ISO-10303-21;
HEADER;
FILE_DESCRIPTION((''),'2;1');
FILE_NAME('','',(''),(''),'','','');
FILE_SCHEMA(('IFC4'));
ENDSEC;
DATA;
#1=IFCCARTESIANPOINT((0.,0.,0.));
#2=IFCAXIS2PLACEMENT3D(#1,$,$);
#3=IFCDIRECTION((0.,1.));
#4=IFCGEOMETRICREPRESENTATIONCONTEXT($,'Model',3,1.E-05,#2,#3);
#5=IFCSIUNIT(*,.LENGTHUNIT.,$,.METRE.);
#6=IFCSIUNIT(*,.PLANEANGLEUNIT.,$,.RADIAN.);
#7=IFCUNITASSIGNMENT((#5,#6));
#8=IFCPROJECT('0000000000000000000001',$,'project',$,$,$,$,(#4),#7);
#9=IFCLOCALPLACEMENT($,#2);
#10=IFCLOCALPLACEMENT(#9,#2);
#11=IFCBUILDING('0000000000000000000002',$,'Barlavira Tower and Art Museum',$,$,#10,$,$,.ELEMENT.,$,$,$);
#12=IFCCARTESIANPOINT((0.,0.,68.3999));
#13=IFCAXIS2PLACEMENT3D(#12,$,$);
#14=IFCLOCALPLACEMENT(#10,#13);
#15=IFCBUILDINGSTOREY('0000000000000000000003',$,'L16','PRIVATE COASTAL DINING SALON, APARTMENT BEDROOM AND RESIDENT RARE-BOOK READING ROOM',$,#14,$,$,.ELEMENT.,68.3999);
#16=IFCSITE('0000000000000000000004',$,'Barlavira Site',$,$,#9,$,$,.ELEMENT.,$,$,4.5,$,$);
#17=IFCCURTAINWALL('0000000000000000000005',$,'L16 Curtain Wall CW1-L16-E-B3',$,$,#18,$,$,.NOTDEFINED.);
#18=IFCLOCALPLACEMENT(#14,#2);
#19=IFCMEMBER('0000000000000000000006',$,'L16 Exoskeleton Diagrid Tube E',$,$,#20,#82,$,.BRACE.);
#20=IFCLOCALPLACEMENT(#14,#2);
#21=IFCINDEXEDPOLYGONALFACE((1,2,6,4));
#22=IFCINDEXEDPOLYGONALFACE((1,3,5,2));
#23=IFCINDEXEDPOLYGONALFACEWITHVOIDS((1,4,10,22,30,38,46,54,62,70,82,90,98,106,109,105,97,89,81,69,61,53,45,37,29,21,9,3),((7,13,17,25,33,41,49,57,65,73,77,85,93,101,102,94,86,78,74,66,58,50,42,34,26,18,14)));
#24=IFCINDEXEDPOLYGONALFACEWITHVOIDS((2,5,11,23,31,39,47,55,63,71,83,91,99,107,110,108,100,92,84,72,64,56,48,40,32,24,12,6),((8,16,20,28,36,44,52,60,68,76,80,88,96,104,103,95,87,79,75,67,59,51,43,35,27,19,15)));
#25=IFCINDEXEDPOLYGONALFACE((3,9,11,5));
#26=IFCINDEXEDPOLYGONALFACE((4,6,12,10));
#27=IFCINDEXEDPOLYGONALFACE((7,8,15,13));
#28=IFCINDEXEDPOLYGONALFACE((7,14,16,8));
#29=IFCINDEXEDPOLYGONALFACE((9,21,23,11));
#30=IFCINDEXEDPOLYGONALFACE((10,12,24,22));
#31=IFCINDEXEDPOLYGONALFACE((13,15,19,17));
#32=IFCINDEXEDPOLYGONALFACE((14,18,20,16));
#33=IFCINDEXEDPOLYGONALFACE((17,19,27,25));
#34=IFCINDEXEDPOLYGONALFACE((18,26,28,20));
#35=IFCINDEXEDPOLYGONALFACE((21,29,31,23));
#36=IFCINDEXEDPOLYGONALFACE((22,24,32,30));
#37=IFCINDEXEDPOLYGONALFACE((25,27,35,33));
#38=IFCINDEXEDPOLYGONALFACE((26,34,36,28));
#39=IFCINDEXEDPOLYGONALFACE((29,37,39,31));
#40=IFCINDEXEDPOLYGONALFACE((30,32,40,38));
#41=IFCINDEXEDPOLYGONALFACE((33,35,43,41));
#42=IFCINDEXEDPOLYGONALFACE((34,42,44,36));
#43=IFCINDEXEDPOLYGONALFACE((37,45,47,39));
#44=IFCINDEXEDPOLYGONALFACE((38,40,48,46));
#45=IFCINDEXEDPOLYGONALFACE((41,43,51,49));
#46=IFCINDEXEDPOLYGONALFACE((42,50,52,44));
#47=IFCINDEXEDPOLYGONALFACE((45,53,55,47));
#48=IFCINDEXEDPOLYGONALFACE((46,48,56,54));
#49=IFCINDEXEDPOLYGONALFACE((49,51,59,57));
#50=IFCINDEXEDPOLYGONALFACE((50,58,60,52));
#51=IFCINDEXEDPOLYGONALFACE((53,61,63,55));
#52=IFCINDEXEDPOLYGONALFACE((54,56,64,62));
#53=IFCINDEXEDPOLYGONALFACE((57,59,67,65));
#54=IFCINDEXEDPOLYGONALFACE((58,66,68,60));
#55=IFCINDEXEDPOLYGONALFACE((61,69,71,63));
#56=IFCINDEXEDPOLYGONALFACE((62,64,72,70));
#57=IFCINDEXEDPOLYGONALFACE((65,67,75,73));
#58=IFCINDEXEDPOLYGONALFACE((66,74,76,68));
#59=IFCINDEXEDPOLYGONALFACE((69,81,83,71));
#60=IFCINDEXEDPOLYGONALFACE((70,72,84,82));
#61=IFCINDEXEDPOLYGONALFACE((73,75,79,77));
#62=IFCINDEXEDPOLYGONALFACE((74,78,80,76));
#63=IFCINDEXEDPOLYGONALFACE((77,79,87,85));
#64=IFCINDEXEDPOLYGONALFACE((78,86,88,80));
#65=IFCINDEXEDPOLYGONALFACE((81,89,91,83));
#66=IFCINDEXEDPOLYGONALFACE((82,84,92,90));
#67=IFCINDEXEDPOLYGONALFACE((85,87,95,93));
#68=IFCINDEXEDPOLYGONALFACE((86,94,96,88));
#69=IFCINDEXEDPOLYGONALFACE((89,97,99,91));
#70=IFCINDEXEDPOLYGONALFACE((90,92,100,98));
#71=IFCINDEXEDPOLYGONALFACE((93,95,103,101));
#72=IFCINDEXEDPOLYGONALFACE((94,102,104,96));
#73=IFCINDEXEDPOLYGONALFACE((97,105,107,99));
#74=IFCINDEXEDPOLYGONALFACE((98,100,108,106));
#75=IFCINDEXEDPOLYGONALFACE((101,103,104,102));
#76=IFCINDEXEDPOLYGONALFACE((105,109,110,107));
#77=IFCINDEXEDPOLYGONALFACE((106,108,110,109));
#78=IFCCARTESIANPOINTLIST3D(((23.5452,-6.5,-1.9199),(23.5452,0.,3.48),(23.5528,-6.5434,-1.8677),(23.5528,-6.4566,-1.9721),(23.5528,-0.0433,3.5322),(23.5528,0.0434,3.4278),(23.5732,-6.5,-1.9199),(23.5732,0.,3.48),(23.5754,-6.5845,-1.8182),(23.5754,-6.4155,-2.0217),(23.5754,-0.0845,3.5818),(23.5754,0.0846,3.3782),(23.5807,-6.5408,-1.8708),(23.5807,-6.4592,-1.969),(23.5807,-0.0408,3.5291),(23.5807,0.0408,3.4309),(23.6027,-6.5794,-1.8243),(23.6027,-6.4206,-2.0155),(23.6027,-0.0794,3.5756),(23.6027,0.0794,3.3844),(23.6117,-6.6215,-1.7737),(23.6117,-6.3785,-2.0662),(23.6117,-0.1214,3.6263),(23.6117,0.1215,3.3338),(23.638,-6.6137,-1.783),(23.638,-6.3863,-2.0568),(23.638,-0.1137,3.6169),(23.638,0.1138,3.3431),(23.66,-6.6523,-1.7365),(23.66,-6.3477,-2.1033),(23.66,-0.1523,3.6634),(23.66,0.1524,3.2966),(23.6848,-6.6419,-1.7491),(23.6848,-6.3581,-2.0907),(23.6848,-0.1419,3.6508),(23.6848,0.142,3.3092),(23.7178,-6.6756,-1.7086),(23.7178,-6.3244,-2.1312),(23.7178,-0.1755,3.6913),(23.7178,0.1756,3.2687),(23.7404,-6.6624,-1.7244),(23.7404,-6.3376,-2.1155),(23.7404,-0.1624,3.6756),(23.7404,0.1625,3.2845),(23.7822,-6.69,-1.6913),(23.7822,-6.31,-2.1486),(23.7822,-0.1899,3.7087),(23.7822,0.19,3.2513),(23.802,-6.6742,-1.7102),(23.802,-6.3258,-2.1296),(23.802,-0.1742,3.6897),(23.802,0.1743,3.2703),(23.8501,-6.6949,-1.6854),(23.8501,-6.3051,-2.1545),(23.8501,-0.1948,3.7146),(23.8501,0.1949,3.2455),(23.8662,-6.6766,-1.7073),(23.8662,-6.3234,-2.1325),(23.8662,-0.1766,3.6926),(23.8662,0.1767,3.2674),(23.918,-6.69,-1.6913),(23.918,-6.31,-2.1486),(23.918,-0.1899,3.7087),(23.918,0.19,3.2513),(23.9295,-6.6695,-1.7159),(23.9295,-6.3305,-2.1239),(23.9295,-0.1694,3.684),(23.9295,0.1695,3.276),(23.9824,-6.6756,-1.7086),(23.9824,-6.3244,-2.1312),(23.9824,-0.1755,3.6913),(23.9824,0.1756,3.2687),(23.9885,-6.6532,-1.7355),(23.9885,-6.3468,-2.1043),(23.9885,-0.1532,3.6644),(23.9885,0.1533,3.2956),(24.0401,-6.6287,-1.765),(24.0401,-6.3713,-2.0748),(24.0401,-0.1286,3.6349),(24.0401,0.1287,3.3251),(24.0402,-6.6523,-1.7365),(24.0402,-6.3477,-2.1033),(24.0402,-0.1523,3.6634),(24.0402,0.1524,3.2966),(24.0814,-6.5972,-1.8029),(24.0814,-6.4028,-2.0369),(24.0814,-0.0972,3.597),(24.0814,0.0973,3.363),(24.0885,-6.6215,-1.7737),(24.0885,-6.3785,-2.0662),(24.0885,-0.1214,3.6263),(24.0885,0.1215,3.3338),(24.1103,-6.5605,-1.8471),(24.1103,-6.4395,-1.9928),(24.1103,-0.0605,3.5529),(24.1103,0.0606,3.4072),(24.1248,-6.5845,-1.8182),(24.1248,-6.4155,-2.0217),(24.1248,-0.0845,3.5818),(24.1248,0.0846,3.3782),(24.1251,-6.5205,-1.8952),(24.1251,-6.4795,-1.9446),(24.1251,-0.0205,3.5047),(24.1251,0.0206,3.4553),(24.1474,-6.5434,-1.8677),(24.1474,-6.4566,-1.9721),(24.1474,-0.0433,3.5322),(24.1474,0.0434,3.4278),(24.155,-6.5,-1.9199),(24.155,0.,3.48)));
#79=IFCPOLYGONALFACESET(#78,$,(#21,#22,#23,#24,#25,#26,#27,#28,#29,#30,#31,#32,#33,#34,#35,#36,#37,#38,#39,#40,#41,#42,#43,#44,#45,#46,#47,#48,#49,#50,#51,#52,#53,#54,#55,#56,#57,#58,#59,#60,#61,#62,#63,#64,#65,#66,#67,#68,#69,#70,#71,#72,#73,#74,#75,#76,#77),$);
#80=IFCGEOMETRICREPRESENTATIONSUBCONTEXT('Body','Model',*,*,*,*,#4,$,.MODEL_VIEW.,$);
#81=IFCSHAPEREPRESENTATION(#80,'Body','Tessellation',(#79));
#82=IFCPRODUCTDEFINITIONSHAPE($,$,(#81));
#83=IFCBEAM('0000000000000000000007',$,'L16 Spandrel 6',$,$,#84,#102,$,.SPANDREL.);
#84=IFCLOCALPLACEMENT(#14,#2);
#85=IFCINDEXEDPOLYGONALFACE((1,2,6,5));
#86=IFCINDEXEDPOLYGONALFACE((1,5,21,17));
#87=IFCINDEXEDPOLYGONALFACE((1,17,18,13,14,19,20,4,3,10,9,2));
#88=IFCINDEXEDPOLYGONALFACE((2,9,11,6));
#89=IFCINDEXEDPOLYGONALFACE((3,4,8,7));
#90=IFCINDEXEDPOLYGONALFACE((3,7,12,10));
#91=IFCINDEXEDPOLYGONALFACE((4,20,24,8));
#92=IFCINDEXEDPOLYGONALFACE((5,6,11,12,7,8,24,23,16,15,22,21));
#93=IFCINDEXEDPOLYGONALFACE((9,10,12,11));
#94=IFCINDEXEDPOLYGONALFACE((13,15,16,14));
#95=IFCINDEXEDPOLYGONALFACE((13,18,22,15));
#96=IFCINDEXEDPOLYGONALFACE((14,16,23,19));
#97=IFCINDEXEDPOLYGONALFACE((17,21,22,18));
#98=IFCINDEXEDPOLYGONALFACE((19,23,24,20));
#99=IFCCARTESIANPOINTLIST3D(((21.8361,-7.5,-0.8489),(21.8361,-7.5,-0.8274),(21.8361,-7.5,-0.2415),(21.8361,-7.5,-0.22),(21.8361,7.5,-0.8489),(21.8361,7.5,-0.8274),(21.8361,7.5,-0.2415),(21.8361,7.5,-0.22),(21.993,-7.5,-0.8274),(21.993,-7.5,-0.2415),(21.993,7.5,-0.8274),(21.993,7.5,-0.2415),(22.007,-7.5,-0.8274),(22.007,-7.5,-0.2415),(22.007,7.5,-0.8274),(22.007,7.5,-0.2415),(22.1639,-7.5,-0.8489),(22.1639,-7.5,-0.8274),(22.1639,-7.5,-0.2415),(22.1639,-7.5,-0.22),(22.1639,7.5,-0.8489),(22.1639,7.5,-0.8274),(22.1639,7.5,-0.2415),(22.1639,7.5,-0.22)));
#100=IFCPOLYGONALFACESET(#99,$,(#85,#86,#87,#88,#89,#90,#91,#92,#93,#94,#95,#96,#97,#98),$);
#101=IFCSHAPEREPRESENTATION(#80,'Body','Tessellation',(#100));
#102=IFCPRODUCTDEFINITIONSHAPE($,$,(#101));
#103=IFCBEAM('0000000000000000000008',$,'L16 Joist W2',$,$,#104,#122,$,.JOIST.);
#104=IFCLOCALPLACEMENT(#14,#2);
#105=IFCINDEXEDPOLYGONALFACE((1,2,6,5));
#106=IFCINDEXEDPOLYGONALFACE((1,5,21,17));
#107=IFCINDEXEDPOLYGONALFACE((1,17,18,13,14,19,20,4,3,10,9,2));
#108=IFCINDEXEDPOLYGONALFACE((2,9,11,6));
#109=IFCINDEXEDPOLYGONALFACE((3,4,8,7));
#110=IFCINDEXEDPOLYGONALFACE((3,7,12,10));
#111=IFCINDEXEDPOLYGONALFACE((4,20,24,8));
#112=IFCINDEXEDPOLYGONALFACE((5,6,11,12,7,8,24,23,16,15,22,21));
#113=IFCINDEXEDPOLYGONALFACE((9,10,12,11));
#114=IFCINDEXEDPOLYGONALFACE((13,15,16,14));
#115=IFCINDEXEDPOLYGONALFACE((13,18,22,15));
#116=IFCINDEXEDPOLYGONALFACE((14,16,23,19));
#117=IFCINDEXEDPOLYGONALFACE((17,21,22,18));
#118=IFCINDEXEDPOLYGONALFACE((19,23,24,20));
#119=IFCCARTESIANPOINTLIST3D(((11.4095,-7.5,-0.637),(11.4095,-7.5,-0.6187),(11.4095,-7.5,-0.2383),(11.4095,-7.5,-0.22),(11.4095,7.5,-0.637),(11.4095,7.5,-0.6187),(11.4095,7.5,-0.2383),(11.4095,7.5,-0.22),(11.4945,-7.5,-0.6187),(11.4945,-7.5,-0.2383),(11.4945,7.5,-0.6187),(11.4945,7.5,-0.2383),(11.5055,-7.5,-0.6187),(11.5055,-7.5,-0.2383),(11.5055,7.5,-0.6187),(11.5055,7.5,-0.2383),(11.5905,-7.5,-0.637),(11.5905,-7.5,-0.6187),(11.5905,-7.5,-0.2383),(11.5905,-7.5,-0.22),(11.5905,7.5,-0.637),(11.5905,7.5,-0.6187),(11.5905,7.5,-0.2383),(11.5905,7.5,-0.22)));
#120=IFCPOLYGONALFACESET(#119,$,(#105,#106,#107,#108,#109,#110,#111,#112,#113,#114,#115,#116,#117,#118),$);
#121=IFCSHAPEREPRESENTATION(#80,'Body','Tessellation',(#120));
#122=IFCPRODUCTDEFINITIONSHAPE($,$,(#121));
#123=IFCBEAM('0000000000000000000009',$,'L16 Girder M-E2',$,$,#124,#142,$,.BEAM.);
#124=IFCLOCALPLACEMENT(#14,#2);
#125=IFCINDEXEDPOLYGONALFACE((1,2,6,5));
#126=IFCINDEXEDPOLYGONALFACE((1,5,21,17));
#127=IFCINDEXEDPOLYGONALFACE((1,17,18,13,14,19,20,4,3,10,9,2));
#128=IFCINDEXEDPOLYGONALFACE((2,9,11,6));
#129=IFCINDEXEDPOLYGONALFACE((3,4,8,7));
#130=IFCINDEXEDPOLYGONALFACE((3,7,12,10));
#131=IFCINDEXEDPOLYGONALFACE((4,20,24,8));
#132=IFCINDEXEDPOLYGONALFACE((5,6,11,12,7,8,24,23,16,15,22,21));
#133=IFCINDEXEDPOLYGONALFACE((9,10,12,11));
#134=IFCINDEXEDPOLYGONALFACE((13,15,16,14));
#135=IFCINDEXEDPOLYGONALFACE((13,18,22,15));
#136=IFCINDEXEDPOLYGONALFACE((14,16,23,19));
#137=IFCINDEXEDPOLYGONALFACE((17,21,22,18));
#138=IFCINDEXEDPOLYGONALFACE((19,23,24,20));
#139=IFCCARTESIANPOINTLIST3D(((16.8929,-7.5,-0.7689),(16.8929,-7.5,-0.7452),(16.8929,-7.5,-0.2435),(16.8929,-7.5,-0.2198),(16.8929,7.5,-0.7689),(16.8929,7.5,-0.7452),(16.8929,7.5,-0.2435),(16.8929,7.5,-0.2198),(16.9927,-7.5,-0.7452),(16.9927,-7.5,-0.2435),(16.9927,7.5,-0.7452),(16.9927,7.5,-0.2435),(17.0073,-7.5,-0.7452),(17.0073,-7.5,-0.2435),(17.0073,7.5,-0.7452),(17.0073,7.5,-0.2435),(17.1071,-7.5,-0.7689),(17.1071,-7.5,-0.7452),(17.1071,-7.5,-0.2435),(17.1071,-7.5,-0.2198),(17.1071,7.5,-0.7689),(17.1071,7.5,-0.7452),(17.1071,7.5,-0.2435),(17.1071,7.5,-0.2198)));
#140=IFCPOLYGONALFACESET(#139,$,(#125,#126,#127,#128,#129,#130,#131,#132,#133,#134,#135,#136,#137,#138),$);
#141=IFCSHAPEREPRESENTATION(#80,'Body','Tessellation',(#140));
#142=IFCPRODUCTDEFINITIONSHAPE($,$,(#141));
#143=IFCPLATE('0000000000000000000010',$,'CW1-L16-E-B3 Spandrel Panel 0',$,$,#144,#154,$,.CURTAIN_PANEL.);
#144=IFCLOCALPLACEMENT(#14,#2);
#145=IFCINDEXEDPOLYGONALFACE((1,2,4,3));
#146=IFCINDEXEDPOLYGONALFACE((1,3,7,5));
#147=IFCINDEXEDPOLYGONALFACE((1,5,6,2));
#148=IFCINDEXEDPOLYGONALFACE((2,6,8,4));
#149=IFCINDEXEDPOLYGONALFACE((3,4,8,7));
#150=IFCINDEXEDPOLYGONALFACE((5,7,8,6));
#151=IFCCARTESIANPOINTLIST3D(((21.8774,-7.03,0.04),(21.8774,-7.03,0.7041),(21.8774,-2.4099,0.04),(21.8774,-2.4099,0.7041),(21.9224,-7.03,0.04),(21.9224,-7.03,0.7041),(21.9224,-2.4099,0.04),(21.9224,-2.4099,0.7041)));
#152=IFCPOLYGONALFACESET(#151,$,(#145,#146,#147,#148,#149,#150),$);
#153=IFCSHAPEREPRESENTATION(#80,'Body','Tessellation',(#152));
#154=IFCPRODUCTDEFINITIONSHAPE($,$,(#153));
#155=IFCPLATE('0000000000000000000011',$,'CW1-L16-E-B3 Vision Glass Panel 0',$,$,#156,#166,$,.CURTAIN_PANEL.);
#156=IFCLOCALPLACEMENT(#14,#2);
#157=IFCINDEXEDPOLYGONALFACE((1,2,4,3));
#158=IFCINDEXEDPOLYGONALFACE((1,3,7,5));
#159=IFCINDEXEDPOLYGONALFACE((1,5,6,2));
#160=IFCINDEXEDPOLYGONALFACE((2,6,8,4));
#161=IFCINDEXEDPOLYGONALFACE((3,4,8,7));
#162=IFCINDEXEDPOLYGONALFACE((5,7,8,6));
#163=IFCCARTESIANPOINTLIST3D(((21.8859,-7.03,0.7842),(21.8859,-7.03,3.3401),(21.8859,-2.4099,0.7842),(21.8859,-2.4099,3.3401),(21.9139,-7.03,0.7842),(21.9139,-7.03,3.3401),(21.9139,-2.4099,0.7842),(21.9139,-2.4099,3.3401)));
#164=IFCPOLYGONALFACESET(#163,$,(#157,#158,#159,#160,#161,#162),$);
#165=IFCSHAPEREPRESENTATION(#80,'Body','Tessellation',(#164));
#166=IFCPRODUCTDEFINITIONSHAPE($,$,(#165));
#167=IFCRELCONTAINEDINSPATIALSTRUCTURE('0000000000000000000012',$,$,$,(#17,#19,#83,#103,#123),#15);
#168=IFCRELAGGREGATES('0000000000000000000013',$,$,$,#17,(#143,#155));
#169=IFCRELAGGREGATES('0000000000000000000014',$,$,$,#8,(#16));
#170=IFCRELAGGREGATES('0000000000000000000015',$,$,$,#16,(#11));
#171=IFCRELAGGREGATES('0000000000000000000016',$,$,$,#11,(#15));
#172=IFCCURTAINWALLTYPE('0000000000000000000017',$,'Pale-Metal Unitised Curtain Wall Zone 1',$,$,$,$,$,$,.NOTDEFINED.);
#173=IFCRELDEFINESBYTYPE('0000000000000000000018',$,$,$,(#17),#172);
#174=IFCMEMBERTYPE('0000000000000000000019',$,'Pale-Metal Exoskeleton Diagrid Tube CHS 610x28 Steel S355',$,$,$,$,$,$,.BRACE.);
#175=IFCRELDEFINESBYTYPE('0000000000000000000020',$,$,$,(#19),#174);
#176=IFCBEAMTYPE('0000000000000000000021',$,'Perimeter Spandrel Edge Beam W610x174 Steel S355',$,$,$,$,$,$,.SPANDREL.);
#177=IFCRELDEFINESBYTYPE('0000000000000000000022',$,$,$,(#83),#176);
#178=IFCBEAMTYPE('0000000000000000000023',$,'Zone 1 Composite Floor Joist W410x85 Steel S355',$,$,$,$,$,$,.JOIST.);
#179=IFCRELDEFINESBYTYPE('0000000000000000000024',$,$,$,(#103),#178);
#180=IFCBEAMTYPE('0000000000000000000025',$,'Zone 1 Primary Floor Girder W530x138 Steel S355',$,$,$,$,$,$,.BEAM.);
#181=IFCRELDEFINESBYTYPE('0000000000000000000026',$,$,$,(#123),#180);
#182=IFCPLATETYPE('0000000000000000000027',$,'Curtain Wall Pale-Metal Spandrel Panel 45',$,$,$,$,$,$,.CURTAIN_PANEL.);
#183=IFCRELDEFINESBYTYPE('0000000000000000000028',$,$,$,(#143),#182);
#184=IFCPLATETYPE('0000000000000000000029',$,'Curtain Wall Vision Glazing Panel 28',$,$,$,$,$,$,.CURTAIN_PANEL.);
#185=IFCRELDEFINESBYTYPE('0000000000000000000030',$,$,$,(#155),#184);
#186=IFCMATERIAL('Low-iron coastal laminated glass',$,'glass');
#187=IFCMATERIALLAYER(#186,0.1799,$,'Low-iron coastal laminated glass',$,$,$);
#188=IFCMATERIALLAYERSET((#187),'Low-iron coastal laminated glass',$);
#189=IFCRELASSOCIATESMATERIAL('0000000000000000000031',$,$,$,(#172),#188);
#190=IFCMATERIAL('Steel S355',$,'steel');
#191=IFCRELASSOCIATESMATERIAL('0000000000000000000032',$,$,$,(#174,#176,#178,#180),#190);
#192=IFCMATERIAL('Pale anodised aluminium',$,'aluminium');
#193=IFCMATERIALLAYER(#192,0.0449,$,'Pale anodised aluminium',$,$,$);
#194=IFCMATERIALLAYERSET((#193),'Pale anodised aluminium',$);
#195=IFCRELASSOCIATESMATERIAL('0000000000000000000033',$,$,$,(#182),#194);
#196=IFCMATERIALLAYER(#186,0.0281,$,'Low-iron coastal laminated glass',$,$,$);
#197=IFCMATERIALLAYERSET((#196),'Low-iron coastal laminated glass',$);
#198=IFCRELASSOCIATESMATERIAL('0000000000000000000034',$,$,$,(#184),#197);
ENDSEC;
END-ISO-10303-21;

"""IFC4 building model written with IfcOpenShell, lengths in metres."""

from ifc_helpers import new_model, si_unit, direction, frame, origin, origin_2d, place, context, subcontext, project, spatial, rectangle, hollow_circle, i_section, extrude, material, layer, layer_set, material_profile, profile_set, type_object, element, aggregate, save


model = new_model("IFC4")

# Units and contexts
model_context = context("Model", 3, precision=1e-05, world=origin(), true_north=direction((0.0, 1.0)))
body_context = subcontext(model_context, "Body", "Model", "MODEL_VIEW")
ifc_project = project(units=[si_unit("LENGTHUNIT", "METRE"), si_unit("PLANEANGLEUNIT", "RADIAN")], contexts=[model_context])

# Site, building, storey
site_placement = place(None, origin())
site = spatial("IfcSite", under=ifc_project, at=site_placement, Name="Barlavira Site", CompositionType="ELEMENT", RefElevation=4.5)
building_placement = place(site_placement, origin())
building = spatial("IfcBuilding", under=site, at=building_placement, Name="Barlavira Tower and Art Museum", CompositionType="ELEMENT")
storey_placement = place(building_placement, frame((0.0, 0.0, 68.3999)))
storey = spatial("IfcBuildingStorey", under=building, at=storey_placement, Name="L16", Description="PRIVATE COASTAL DINING SALON, APARTMENT BEDROOM AND RESIDENT RARE-BOOK READING ROOM", CompositionType="ELEMENT", Elevation=68.3999)

# Curtain wall
ifc_material_1 = material(Name="Low-iron coastal laminated glass", Category="glass")
ifc_layer_1 = layer(ifc_material_1, 0.1799, Name="Low-iron coastal laminated glass")
ifc_layer_set_1 = layer_set([ifc_layer_1], Name="Low-iron coastal laminated glass")
curtain_wall_type = type_object("IfcCurtainWallType", Name="Pale-Metal Unitised Curtain Wall Zone 1", PredefinedType="NOTDEFINED", material=ifc_layer_set_1)
curtain_wall_placement = place(storey_placement, origin())
curtain_wall = element("IfcCurtainWall", 1, at=curtain_wall_placement, inside=storey, type_object=curtain_wall_type, Name="L16 Curtain Wall CW1-L16-E-B3", PredefinedType="NOTDEFINED")
ifc_material_2 = material(Name="Pale anodised aluminium", Category="aluminium")

# Member
ifc_material_3 = material(Name="Steel S355", Category="steel")
ifc_material_profile_1 = material_profile(ifc_material_3, hollow_circle(Radius=0.3049, WallThickness=0.0281, at=origin_2d()), Name="CHS 610.0x28.0")
ifc_profile_set_1 = profile_set([ifc_material_profile_1], Name="Steel S355")
member_type_1 = type_object("IfcMemberType", Name="Pale-Metal Exoskeleton Diagrid Tube CHS 610x28 Steel S355", PredefinedType="BRACE", material=ifc_profile_set_1)
for number, where, z_axis, x_axis, name in (
    (2, (23.8501, -6.5, -1.9199), (0.0, 0.769196, 0.639013), (-1.0, 0.0, 0.0), "L16 Exoskeleton Diagrid Tube E"),
):
    element("IfcMember", number, at=place(storey_placement, frame(where, z_axis=z_axis, x_axis=x_axis)), inside=storey, type_object=member_type_1, Name=name, PredefinedType="BRACE", context=body_context, shape_type="SweptSolid", body=[
        extrude(hollow_circle(Radius=0.3049, WallThickness=0.0281, at=origin_2d()), origin(), (0.0, 0.0, 1.0), 8.4504),
    ])

# Beams
ifc_material_profile_2 = material_profile(ifc_material_3, i_section(OverallWidth=0.3279, OverallDepth=0.6289, WebThickness=0.0139, FlangeThickness=0.0215, at=origin_2d()), Name="W610x174.0")
ifc_profile_set_2 = profile_set([ifc_material_profile_2], Name="Steel S355")
beam_type_1 = type_object("IfcBeamType", Name="Perimeter Spandrel Edge Beam W610x174 Steel S355", PredefinedType="SPANDREL", material=ifc_profile_set_2)
beam_1_placement = place(storey_placement, frame((22.0, -7.5, -0.5344), z_axis=(0.0, 1.0, 0.0), x_axis=(-1.0, 0.0, 0.0)))
element("IfcBeam", 3, at=beam_1_placement, inside=storey, type_object=beam_type_1, Name="L16 Spandrel 6", PredefinedType="SPANDREL", context=body_context, shape_type="SweptSolid", body=[
    extrude(i_section(OverallWidth=0.3279, OverallDepth=0.6289, WebThickness=0.0139, FlangeThickness=0.0215, at=origin_2d()), origin(), (0.0, 0.0, 1.0), 15.0),
])
ifc_material_profile_3 = material_profile(ifc_material_3, i_section(OverallWidth=0.1809, OverallDepth=0.417, WebThickness=0.011, FlangeThickness=0.0183, at=origin_2d()), Name="W410x85.0")
ifc_profile_set_3 = profile_set([ifc_material_profile_3], Name="Steel S355")
beam_type_2 = type_object("IfcBeamType", Name="Zone 1 Composite Floor Joist W410x85 Steel S355", PredefinedType="JOIST", material=ifc_profile_set_3)
beam_2_placement = place(storey_placement, frame((11.5, -7.5, -0.4285), z_axis=(0.0, 1.0, 0.0), x_axis=(-1.0, 0.0, 0.0)))
element("IfcBeam", 4, at=beam_2_placement, inside=storey, type_object=beam_type_2, Name="L16 Joist W2", PredefinedType="JOIST", context=body_context, shape_type="SweptSolid", body=[
    extrude(i_section(OverallWidth=0.1809, OverallDepth=0.417, WebThickness=0.011, FlangeThickness=0.0183, at=origin_2d()), origin(), (0.0, 0.0, 1.0), 15.0),
])
ifc_material_profile_4 = material_profile(ifc_material_3, i_section(OverallWidth=0.2141, OverallDepth=0.5491, WebThickness=0.0146, FlangeThickness=0.0237, at=origin_2d()), Name="W530x138.0")
ifc_profile_set_4 = profile_set([ifc_material_profile_4], Name="Steel S355")
beam_type_3 = type_object("IfcBeamType", Name="Zone 1 Primary Floor Girder W530x138 Steel S355", PredefinedType="BEAM", material=ifc_profile_set_4)
beam_3_placement = place(storey_placement, frame((17.0, -7.5, -0.4944), z_axis=(0.0, 1.0, 0.0), x_axis=(-1.0, 0.0, 0.0)))
element("IfcBeam", 5, at=beam_3_placement, inside=storey, type_object=beam_type_3, Name="L16 Girder M-E2", PredefinedType="BEAM", context=body_context, shape_type="SweptSolid", body=[
    extrude(i_section(OverallWidth=0.2141, OverallDepth=0.5491, WebThickness=0.0146, FlangeThickness=0.0237, at=origin_2d()), origin(), (0.0, 0.0, 1.0), 15.0),
])

# Plates
ifc_layer_2 = layer(ifc_material_2, 0.0449, Name="Pale anodised aluminium")
ifc_layer_set_2 = layer_set([ifc_layer_2], Name="Pale anodised aluminium")
plate_type_1 = type_object("IfcPlateType", Name="Curtain Wall Pale-Metal Spandrel Panel 45", PredefinedType="CURTAIN_PANEL", material=ifc_layer_set_2)
plate_1_placement = place(storey_placement, frame((21.8999, -4.72, 0.04), z_axis=(0.0, 0.0, 1.0), x_axis=(0.0, 1.0, 0.0)))
plate_1 = element("IfcPlate", 6, at=plate_1_placement, type_object=plate_type_1, Name="CW1-L16-E-B3 Spandrel Panel 0", PredefinedType="CURTAIN_PANEL", context=body_context, shape_type="SweptSolid", body=[
    extrude(rectangle(XDim=4.6201, YDim=0.0449, at=origin_2d()), origin(), (0.0, 0.0, 1.0), 0.6641),
])
ifc_layer_3 = layer(ifc_material_1, 0.0281, Name="Low-iron coastal laminated glass")
ifc_layer_set_3 = layer_set([ifc_layer_3], Name="Low-iron coastal laminated glass")
plate_type_2 = type_object("IfcPlateType", Name="Curtain Wall Vision Glazing Panel 28", PredefinedType="CURTAIN_PANEL", material=ifc_layer_set_3)
plate_2_placement = place(storey_placement, frame((21.8999, -4.72, 0.7842), z_axis=(0.0, 0.0, 1.0), x_axis=(0.0, 1.0, 0.0)))
plate_2 = element("IfcPlate", 7, at=plate_2_placement, type_object=plate_type_2, Name="CW1-L16-E-B3 Vision Glass Panel 0", PredefinedType="CURTAIN_PANEL", context=body_context, shape_type="SweptSolid", body=[
    extrude(rectangle(XDim=4.6201, YDim=0.0281, at=origin_2d()), origin(), (0.0, 0.0, 1.0), 2.5559),
])
aggregate(curtain_wall, [plate_1, plate_2])

save(model, "model.ifc")
